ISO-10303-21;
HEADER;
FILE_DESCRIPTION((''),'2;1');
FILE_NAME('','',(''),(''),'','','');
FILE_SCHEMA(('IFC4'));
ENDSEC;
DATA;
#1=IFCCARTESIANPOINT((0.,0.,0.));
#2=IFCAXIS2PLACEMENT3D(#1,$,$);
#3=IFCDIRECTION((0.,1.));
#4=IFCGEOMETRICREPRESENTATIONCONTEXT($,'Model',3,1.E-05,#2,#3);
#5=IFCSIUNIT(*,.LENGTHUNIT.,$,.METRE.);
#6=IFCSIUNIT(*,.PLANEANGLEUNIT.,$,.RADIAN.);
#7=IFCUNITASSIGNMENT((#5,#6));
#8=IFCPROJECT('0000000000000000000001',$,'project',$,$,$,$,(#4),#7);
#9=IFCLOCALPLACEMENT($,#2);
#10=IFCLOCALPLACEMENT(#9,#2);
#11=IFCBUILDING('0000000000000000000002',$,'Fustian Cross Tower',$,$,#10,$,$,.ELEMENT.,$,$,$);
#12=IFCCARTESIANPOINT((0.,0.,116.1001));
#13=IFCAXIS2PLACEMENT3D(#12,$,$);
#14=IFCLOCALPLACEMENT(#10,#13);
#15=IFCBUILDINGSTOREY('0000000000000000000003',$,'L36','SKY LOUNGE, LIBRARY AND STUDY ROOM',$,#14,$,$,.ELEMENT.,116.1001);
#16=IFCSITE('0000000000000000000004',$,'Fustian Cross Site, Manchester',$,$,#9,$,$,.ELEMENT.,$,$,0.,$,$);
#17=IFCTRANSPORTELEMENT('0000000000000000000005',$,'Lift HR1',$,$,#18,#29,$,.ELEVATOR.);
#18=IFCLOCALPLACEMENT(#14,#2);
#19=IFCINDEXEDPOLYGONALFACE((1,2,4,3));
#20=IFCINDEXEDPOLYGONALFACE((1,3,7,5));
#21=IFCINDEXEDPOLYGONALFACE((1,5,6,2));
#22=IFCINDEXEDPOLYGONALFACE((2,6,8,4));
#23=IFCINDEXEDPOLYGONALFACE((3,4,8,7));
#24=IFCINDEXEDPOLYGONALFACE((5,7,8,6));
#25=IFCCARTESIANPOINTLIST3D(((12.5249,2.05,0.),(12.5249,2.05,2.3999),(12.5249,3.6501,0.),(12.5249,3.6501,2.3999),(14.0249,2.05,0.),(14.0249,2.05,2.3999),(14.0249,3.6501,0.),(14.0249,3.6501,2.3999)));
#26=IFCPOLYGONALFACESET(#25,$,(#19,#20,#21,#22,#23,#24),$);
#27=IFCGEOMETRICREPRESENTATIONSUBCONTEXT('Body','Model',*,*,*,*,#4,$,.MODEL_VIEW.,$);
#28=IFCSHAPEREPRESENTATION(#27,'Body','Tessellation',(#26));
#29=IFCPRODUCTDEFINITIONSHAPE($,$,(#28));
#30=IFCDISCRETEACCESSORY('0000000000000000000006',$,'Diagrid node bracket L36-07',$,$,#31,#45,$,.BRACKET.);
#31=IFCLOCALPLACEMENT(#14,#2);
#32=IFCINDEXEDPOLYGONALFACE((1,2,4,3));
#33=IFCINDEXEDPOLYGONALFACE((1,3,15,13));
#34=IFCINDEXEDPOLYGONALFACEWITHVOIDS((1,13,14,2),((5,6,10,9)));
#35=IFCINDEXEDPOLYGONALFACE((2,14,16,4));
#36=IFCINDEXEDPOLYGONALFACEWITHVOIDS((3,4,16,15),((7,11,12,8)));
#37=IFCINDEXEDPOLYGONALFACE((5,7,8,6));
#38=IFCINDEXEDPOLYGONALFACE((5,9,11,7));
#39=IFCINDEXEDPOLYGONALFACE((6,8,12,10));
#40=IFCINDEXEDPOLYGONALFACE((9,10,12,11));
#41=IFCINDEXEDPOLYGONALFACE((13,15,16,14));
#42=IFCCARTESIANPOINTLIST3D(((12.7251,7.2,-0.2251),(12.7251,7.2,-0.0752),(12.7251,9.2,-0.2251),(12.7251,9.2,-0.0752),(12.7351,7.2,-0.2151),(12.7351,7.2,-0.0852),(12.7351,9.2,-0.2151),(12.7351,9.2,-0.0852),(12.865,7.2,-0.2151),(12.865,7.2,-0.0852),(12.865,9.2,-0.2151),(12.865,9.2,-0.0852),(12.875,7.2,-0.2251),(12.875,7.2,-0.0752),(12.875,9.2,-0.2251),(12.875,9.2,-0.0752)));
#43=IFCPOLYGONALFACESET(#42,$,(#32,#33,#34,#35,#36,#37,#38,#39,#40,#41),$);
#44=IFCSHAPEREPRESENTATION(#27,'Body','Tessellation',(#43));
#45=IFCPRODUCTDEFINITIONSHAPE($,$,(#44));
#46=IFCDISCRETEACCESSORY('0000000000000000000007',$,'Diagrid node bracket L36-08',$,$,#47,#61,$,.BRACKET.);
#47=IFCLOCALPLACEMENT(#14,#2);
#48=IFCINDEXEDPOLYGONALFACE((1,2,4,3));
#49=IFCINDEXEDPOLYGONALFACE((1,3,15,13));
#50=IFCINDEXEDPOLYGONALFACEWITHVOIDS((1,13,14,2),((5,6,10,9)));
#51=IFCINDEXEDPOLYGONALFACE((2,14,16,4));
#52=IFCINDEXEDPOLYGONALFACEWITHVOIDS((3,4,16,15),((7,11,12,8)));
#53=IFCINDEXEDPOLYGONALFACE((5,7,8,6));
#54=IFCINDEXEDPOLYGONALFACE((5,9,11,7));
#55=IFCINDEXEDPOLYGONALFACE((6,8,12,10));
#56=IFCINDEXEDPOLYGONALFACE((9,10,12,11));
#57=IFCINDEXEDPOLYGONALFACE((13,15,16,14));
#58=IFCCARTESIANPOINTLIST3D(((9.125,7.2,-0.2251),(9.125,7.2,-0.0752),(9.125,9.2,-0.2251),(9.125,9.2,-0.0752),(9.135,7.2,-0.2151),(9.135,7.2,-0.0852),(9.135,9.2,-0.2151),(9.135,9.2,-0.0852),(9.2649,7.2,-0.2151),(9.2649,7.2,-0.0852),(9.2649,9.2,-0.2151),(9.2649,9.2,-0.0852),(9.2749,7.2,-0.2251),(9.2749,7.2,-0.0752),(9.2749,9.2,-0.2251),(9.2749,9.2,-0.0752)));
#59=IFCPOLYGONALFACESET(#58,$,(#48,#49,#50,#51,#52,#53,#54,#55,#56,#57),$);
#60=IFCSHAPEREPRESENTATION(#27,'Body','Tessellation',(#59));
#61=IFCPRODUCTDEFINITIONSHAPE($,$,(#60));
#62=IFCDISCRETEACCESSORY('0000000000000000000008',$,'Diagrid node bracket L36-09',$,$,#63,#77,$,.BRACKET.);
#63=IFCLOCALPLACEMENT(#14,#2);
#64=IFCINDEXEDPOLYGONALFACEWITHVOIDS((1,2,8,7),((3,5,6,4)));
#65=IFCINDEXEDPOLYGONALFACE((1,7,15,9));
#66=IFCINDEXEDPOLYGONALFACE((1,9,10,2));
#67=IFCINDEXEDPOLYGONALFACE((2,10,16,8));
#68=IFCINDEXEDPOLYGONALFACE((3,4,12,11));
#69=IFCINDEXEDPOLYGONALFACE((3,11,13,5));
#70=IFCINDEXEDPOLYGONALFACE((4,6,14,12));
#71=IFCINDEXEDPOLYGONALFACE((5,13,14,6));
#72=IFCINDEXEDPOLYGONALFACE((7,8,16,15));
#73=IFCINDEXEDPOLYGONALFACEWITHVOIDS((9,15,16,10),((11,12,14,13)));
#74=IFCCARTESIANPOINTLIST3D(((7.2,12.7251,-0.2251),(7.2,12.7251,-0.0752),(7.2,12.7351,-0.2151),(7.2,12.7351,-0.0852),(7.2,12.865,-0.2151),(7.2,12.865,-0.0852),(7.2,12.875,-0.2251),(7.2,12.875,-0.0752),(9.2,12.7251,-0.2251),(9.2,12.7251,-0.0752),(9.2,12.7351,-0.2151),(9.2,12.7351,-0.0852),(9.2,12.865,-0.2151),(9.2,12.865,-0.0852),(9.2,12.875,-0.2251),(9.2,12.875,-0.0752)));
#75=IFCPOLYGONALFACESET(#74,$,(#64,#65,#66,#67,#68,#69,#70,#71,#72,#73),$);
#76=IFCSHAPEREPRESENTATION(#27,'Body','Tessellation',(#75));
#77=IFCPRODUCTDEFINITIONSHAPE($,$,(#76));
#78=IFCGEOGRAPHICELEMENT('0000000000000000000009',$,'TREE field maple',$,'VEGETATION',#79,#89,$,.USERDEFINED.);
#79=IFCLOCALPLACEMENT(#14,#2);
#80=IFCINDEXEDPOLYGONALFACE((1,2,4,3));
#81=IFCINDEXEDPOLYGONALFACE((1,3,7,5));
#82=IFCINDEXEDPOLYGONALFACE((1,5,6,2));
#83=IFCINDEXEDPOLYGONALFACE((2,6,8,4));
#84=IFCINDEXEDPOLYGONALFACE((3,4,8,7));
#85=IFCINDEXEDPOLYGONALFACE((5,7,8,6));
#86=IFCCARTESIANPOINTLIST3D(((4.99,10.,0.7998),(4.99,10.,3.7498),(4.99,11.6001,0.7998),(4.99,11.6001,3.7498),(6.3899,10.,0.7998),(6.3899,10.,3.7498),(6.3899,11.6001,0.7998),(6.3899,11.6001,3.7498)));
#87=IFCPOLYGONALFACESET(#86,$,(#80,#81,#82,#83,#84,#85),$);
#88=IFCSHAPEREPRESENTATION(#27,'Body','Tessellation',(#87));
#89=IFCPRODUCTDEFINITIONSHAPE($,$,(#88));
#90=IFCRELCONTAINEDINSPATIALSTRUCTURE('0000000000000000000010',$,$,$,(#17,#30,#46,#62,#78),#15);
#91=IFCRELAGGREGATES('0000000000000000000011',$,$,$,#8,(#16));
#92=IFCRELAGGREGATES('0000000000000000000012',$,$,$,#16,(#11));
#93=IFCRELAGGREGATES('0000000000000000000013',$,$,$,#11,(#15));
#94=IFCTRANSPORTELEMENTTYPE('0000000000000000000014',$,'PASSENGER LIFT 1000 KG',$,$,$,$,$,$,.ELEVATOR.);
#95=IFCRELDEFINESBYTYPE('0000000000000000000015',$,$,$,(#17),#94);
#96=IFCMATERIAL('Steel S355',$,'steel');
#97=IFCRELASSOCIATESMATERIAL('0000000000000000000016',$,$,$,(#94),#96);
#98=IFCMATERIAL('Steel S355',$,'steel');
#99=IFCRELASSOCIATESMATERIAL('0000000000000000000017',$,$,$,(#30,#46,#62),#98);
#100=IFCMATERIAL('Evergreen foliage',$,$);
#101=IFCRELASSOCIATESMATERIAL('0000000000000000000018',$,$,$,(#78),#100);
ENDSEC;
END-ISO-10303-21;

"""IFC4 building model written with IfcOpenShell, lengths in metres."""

from ifc_helpers import new_model, si_unit, direction, frame, origin, origin_2d, place, context, subcontext, project, spatial, rectangle, hollow_rectangle, extrude, material, type_object, element, save


model = new_model("IFC4")

# Units and contexts
model_context = context("Model", 3, precision=1e-05, world=origin(), true_north=direction((0.0, 1.0)))
body_context = subcontext(model_context, "Body", "Model", "MODEL_VIEW")
ifc_project = project(units=[si_unit("LENGTHUNIT", "METRE"), si_unit("PLANEANGLEUNIT", "RADIAN")], contexts=[model_context])

# Site, building, storey
site_placement = place(None, origin())
site = spatial("IfcSite", under=ifc_project, at=site_placement, Name="Fustian Cross Site, Manchester", CompositionType="ELEMENT", RefElevation=0.0)
building_placement = place(site_placement, origin())
building = spatial("IfcBuilding", under=site, at=building_placement, Name="Fustian Cross Tower", CompositionType="ELEMENT")
storey_placement = place(building_placement, frame((0.0, 0.0, 116.1001)))
storey = spatial("IfcBuildingStorey", under=building, at=storey_placement, Name="L36", Description="SKY LOUNGE, LIBRARY AND STUDY ROOM", CompositionType="ELEMENT", Elevation=116.1001)

# Transport element
ifc_material_1 = material(Name="Steel S355", Category="steel")
transport_element_type = type_object("IfcTransportElementType", Name="PASSENGER LIFT 1000 KG", PredefinedType="ELEVATOR", material=ifc_material_1)
transport_element_placement = place(storey_placement, frame((13.2749, 2.8501, 0.0), z_axis=(0.0, 0.0, 1.0), x_axis=(1.0, 0.0, 0.0)))
element("IfcTransportElement", 1, at=transport_element_placement, inside=storey, type_object=transport_element_type, Name="Lift HR1", PredefinedType="ELEVATOR", context=body_context, shape_type="SweptSolid", body=[
    extrude(rectangle(XDim=1.5, YDim=1.6001, at=origin_2d()), origin(), (0.0, 0.0, 1.0), 2.3999),
])

# Discrete accessories
ifc_material_2 = material(Name="Steel S355", Category="steel")
for number, where, z_axis, x_axis, name in (
    (2, (12.8, 9.2, -0.1501), (0.0, -1.0, 0.0), (1.0, 0.0, 0.0), "Diagrid node bracket L36-07"),
    (3, (9.2, 9.2, -0.1501), (0.0, -1.0, 0.0), (1.0, 0.0, 0.0), "Diagrid node bracket L36-08"),
    (4, (9.2, 12.8, -0.1501), (-1.0, 0.0, 0.0), (0.0, -1.0, 0.0), "Diagrid node bracket L36-09"),
):
    element("IfcDiscreteAccessory", number, at=place(storey_placement, frame(where, z_axis=z_axis, x_axis=x_axis)), inside=storey, material=ifc_material_2, Name=name, PredefinedType="BRACKET", context=body_context, shape_type="SweptSolid", body=[
        extrude(hollow_rectangle(XDim=0.1499, YDim=0.1499, WallThickness=0.01, at=origin_2d()), origin(), (0.0, 0.0, 1.0), 2.0),
    ])

# Geographic element
ifc_material_3 = material(Name="Evergreen foliage")
geographic_element_placement = place(storey_placement, frame((5.6899, 10.8, 0.7998), z_axis=(0.0, 0.0, 1.0), x_axis=(1.0, 0.0, 0.0)))
element("IfcGeographicElement", 5, at=geographic_element_placement, inside=storey, material=ifc_material_3, Name="TREE field maple", ObjectType="VEGETATION", PredefinedType="USERDEFINED", context=body_context, shape_type="SweptSolid", body=[
    extrude(rectangle(XDim=1.3999, YDim=1.6001, at=origin_2d()), origin(), (0.0, 0.0, 1.0), 2.95),
])

save(model, "model.ifc")
